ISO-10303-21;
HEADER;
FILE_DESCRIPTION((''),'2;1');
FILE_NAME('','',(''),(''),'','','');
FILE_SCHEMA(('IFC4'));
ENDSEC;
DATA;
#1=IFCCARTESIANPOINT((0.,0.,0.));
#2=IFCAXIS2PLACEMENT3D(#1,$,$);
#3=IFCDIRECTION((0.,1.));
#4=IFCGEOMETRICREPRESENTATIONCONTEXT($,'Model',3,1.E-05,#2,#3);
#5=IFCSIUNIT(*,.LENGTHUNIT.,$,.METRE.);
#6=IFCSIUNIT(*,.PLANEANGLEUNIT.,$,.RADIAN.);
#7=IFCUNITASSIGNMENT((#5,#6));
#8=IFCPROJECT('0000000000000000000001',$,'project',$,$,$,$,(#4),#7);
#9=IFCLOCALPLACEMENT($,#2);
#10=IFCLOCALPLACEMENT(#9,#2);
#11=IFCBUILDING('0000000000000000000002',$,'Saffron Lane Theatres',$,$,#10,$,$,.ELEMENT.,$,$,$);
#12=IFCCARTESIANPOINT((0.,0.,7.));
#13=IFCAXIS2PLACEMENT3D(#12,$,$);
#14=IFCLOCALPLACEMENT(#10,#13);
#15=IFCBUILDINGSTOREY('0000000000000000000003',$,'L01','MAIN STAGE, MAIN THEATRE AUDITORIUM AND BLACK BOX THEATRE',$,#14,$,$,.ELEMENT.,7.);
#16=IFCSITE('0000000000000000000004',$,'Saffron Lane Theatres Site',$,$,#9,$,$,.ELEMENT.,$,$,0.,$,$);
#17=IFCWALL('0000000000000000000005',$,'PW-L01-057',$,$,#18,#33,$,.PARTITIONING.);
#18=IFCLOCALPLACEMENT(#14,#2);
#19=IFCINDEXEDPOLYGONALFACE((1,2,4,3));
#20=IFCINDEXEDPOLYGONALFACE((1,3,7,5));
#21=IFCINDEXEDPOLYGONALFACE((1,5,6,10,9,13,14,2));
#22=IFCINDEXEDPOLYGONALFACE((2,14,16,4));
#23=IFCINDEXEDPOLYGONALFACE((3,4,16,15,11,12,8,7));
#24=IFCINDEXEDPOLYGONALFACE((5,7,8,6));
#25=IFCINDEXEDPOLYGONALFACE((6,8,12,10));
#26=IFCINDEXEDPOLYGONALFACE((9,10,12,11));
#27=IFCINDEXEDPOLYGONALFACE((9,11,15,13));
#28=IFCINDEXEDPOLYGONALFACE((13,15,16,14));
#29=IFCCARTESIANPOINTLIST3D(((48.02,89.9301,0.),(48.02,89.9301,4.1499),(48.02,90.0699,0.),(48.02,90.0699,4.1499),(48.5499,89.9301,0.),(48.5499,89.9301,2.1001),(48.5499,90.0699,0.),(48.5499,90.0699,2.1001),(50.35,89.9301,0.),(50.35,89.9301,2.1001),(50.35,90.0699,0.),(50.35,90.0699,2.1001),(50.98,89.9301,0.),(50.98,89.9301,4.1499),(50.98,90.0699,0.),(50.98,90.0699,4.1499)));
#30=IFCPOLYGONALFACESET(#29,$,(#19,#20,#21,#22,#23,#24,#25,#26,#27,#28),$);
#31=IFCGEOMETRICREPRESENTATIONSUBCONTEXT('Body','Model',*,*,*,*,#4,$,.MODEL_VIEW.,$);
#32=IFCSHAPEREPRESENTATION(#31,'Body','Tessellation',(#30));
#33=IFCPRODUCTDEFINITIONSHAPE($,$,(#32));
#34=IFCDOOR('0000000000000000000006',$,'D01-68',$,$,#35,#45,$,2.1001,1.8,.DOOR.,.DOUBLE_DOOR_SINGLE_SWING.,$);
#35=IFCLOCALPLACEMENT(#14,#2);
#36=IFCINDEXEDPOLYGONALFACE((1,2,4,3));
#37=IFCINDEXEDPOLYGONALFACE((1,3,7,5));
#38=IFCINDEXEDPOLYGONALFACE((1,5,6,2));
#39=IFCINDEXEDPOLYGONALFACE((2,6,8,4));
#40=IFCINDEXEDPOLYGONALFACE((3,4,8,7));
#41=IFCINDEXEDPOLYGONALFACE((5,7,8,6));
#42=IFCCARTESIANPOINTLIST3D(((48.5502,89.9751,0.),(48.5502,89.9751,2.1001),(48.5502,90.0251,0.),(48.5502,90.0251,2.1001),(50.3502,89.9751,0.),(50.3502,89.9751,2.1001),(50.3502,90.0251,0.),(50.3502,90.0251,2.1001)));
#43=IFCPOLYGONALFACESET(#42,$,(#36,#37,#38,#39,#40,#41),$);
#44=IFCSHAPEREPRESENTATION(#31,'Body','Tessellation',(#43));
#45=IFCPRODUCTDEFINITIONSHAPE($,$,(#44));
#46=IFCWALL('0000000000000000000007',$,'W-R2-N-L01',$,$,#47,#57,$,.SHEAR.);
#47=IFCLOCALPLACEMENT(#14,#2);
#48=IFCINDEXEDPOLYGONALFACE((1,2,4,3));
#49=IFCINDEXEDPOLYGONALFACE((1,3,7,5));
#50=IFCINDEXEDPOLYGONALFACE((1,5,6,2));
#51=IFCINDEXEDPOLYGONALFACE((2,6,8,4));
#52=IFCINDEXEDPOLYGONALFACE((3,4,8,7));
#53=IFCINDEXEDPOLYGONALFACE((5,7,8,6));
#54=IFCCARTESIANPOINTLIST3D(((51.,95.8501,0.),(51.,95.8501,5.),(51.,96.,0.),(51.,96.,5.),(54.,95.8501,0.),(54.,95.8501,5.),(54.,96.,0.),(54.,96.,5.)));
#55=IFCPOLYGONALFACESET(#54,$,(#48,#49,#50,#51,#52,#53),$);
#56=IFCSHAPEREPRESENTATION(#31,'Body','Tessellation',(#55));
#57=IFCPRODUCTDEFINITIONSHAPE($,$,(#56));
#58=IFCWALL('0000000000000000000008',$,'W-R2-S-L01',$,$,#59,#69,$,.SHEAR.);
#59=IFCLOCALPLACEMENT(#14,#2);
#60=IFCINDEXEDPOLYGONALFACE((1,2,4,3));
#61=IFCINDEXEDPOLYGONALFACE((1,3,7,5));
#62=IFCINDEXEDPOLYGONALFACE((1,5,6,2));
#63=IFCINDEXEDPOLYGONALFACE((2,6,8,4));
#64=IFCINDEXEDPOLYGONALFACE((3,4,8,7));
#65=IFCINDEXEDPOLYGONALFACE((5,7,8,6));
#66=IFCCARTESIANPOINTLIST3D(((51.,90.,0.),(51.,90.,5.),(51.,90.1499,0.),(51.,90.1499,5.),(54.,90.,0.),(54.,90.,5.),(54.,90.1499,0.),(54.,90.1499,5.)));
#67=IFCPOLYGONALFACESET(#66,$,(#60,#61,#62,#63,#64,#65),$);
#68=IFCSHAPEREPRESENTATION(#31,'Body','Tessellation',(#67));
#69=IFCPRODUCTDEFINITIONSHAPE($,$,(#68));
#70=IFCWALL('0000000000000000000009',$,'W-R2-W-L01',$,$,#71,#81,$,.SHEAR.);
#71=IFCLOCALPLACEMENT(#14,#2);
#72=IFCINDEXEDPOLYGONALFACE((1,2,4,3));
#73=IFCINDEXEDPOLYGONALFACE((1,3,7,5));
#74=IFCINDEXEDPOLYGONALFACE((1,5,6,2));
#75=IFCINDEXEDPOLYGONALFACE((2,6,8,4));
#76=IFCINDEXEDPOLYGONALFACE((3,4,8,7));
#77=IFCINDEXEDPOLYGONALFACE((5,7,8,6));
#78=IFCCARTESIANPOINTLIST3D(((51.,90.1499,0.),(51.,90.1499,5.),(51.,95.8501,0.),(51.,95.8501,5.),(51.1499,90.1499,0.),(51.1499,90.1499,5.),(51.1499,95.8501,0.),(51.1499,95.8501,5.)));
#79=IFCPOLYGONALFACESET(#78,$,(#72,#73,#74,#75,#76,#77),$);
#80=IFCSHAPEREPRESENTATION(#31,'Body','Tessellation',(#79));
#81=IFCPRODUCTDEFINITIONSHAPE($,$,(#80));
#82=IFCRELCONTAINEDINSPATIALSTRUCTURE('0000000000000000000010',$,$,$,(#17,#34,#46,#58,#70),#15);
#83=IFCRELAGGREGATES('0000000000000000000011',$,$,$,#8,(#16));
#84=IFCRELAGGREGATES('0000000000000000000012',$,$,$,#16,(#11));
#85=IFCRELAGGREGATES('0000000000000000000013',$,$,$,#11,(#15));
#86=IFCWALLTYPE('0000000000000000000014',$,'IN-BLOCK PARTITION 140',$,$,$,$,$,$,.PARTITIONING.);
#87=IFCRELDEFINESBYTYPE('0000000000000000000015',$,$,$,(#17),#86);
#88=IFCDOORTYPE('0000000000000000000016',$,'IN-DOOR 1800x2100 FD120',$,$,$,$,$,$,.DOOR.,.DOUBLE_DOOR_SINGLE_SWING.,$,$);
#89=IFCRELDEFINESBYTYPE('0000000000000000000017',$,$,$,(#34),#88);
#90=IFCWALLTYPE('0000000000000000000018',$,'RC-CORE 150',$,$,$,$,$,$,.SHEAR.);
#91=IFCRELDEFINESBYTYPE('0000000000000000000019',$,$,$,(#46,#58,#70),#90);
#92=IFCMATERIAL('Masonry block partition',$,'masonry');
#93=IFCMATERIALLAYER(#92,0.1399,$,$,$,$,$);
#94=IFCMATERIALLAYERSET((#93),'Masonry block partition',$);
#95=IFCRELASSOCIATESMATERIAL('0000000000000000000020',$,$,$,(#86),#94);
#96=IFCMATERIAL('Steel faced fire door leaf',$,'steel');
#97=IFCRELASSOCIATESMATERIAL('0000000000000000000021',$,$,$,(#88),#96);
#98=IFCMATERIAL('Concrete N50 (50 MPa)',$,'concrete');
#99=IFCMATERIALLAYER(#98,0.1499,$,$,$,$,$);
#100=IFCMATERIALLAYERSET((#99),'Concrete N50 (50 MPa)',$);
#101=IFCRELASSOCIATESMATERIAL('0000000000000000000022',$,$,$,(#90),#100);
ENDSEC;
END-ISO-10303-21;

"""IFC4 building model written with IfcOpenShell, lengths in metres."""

from ifc_helpers import new_model, si_unit, direction, frame, frame_2d, origin, place, context, subcontext, project, spatial, rectangle, extrude, material, layer, layer_set, type_object, element, fill, save


model = new_model("IFC4")

# Units and contexts
model_context = context("Model", 3, precision=1e-05, world=origin(), true_north=direction((0.0, 1.0)))
body_context = subcontext(model_context, "Body", "Model", "MODEL_VIEW")
ifc_project = project(units=[si_unit("LENGTHUNIT", "METRE"), si_unit("PLANEANGLEUNIT", "RADIAN")], contexts=[model_context])

# Site, building, storey
site_placement = place(None, origin())
site = spatial("IfcSite", under=ifc_project, at=site_placement, Name="Saffron Lane Theatres Site", CompositionType="ELEMENT", RefElevation=0.0)
building_placement = place(site_placement, origin())
building = spatial("IfcBuilding", under=site, at=building_placement, Name="Saffron Lane Theatres", CompositionType="ELEMENT")
storey_placement = place(building_placement, frame((0.0, 0.0, 7.0)))
storey = spatial("IfcBuildingStorey", under=building, at=storey_placement, Name="L01", Description="MAIN STAGE, MAIN THEATRE AUDITORIUM AND BLACK BOX THEATRE", CompositionType="ELEMENT", Elevation=7.0)

# Wall, opening, door
ifc_material_1 = material(Name="Masonry block partition", Category="masonry")
ifc_layer_1 = layer(ifc_material_1, 0.1399)
ifc_layer_set_1 = layer_set([ifc_layer_1], Name="Masonry block partition")
wall_type_1 = type_object("IfcWallType", Name="IN-BLOCK PARTITION 140", PredefinedType="PARTITIONING", material=ifc_layer_set_1)
wall_1_placement = place(storey_placement, frame((48.02, 90.0, 0.0), z_axis=(0.0, 0.0, 1.0), x_axis=(1.0, 0.0, 0.0)))
wall_1 = element("IfcWall", 1, at=wall_1_placement, inside=storey, type_object=wall_type_1, Name="PW-L01-057", PredefinedType="PARTITIONING", context=body_context, shape_type="SweptSolid", body=[
    extrude(rectangle(XDim=2.96, YDim=0.1399, at=frame_2d((1.48, 0.0))), origin(), (0.0, 0.0, 1.0), 4.1499),
])
opening_placement = place(wall_1_placement, frame((0.53, 0.0, 0.0)))
opening = element("IfcOpeningElement", 2, at=opening_placement, cuts=wall_1, PredefinedType="OPENING", context=body_context, shape_type="SweptSolid", body=[
    extrude(rectangle(XDim=1.8, YDim=2.1001, at=frame_2d((0.8999, 1.05))), frame((0.0, 0.0801, 0.0), z_axis=(0.0, -1.0, 0.0), x_axis=(1.0, 0.0, 0.0)), (0.0, 0.0, 1.0), 0.1599),
])
ifc_material_2 = material(Name="Steel faced fire door leaf", Category="steel")
door_type = type_object("IfcDoorType", Name="IN-DOOR 1800x2100 FD120", OperationType="DOUBLE_DOOR_SINGLE_SWING", PredefinedType="DOOR", material=ifc_material_2)
door_placement = place(opening_placement, frame((1.8, 0.0, 0.0), z_axis=(0.0, 0.0, 1.0), x_axis=(-1.0, 0.0, 0.0)))
door = element("IfcDoor", 3, at=door_placement, inside=storey, type_object=door_type, Name="D01-68", OperationType="DOUBLE_DOOR_SINGLE_SWING", OverallHeight=2.1001, OverallWidth=1.8, PredefinedType="DOOR", context=body_context, shape_type="SweptSolid", body=[
    extrude(rectangle(XDim=1.8, YDim=2.1001, at=frame_2d((0.8999, 1.05))), frame((0.0, 0.0249, 0.0), z_axis=(0.0, -1.0, 0.0), x_axis=(1.0, 0.0, 0.0)), (0.0, 0.0, 1.0), 0.05),
])
fill(opening, door)

# Walls
ifc_material_3 = material(Name="Concrete N50 (50 MPa)", Category="concrete")
ifc_layer_2 = layer(ifc_material_3, 0.1499)
ifc_layer_set_2 = layer_set([ifc_layer_2], Name="Concrete N50 (50 MPa)")
wall_type_2 = type_object("IfcWallType", Name="RC-CORE 150", PredefinedType="SHEAR", material=ifc_layer_set_2)
for number, where, z_axis, x_axis, name in (
    (4, (51.0, 95.925, 0.0), (0.0, 0.0, 1.0), (1.0, 0.0, 0.0), "W-R2-N-L01"),
    (5, (51.0, 90.075, 0.0), (0.0, 0.0, 1.0), (1.0, 0.0, 0.0), "W-R2-S-L01"),
):
    element("IfcWall", number, at=place(storey_placement, frame(where, z_axis=z_axis, x_axis=x_axis)), inside=storey, type_object=wall_type_2, Name=name, PredefinedType="SHEAR", context=body_context, shape_type="SweptSolid", body=[
        extrude(rectangle(XDim=3.0, YDim=0.1499, at=frame_2d((1.5, 0.0))), origin(), (0.0, 0.0, 1.0), 5.0),
    ])
wall_2_placement = place(storey_placement, frame((51.075, 90.1499, 0.0), z_axis=(0.0, 0.0, 1.0), x_axis=(0.0, 1.0, 0.0)))
element("IfcWall", 6, at=wall_2_placement, inside=storey, type_object=wall_type_2, Name="W-R2-W-L01", PredefinedType="SHEAR", context=body_context, shape_type="SweptSolid", body=[
    extrude(rectangle(XDim=5.7002, YDim=0.1499, at=frame_2d((2.8501, 0.0))), origin(), (0.0, 0.0, 1.0), 5.0),
])

save(model, "model.ifc")
